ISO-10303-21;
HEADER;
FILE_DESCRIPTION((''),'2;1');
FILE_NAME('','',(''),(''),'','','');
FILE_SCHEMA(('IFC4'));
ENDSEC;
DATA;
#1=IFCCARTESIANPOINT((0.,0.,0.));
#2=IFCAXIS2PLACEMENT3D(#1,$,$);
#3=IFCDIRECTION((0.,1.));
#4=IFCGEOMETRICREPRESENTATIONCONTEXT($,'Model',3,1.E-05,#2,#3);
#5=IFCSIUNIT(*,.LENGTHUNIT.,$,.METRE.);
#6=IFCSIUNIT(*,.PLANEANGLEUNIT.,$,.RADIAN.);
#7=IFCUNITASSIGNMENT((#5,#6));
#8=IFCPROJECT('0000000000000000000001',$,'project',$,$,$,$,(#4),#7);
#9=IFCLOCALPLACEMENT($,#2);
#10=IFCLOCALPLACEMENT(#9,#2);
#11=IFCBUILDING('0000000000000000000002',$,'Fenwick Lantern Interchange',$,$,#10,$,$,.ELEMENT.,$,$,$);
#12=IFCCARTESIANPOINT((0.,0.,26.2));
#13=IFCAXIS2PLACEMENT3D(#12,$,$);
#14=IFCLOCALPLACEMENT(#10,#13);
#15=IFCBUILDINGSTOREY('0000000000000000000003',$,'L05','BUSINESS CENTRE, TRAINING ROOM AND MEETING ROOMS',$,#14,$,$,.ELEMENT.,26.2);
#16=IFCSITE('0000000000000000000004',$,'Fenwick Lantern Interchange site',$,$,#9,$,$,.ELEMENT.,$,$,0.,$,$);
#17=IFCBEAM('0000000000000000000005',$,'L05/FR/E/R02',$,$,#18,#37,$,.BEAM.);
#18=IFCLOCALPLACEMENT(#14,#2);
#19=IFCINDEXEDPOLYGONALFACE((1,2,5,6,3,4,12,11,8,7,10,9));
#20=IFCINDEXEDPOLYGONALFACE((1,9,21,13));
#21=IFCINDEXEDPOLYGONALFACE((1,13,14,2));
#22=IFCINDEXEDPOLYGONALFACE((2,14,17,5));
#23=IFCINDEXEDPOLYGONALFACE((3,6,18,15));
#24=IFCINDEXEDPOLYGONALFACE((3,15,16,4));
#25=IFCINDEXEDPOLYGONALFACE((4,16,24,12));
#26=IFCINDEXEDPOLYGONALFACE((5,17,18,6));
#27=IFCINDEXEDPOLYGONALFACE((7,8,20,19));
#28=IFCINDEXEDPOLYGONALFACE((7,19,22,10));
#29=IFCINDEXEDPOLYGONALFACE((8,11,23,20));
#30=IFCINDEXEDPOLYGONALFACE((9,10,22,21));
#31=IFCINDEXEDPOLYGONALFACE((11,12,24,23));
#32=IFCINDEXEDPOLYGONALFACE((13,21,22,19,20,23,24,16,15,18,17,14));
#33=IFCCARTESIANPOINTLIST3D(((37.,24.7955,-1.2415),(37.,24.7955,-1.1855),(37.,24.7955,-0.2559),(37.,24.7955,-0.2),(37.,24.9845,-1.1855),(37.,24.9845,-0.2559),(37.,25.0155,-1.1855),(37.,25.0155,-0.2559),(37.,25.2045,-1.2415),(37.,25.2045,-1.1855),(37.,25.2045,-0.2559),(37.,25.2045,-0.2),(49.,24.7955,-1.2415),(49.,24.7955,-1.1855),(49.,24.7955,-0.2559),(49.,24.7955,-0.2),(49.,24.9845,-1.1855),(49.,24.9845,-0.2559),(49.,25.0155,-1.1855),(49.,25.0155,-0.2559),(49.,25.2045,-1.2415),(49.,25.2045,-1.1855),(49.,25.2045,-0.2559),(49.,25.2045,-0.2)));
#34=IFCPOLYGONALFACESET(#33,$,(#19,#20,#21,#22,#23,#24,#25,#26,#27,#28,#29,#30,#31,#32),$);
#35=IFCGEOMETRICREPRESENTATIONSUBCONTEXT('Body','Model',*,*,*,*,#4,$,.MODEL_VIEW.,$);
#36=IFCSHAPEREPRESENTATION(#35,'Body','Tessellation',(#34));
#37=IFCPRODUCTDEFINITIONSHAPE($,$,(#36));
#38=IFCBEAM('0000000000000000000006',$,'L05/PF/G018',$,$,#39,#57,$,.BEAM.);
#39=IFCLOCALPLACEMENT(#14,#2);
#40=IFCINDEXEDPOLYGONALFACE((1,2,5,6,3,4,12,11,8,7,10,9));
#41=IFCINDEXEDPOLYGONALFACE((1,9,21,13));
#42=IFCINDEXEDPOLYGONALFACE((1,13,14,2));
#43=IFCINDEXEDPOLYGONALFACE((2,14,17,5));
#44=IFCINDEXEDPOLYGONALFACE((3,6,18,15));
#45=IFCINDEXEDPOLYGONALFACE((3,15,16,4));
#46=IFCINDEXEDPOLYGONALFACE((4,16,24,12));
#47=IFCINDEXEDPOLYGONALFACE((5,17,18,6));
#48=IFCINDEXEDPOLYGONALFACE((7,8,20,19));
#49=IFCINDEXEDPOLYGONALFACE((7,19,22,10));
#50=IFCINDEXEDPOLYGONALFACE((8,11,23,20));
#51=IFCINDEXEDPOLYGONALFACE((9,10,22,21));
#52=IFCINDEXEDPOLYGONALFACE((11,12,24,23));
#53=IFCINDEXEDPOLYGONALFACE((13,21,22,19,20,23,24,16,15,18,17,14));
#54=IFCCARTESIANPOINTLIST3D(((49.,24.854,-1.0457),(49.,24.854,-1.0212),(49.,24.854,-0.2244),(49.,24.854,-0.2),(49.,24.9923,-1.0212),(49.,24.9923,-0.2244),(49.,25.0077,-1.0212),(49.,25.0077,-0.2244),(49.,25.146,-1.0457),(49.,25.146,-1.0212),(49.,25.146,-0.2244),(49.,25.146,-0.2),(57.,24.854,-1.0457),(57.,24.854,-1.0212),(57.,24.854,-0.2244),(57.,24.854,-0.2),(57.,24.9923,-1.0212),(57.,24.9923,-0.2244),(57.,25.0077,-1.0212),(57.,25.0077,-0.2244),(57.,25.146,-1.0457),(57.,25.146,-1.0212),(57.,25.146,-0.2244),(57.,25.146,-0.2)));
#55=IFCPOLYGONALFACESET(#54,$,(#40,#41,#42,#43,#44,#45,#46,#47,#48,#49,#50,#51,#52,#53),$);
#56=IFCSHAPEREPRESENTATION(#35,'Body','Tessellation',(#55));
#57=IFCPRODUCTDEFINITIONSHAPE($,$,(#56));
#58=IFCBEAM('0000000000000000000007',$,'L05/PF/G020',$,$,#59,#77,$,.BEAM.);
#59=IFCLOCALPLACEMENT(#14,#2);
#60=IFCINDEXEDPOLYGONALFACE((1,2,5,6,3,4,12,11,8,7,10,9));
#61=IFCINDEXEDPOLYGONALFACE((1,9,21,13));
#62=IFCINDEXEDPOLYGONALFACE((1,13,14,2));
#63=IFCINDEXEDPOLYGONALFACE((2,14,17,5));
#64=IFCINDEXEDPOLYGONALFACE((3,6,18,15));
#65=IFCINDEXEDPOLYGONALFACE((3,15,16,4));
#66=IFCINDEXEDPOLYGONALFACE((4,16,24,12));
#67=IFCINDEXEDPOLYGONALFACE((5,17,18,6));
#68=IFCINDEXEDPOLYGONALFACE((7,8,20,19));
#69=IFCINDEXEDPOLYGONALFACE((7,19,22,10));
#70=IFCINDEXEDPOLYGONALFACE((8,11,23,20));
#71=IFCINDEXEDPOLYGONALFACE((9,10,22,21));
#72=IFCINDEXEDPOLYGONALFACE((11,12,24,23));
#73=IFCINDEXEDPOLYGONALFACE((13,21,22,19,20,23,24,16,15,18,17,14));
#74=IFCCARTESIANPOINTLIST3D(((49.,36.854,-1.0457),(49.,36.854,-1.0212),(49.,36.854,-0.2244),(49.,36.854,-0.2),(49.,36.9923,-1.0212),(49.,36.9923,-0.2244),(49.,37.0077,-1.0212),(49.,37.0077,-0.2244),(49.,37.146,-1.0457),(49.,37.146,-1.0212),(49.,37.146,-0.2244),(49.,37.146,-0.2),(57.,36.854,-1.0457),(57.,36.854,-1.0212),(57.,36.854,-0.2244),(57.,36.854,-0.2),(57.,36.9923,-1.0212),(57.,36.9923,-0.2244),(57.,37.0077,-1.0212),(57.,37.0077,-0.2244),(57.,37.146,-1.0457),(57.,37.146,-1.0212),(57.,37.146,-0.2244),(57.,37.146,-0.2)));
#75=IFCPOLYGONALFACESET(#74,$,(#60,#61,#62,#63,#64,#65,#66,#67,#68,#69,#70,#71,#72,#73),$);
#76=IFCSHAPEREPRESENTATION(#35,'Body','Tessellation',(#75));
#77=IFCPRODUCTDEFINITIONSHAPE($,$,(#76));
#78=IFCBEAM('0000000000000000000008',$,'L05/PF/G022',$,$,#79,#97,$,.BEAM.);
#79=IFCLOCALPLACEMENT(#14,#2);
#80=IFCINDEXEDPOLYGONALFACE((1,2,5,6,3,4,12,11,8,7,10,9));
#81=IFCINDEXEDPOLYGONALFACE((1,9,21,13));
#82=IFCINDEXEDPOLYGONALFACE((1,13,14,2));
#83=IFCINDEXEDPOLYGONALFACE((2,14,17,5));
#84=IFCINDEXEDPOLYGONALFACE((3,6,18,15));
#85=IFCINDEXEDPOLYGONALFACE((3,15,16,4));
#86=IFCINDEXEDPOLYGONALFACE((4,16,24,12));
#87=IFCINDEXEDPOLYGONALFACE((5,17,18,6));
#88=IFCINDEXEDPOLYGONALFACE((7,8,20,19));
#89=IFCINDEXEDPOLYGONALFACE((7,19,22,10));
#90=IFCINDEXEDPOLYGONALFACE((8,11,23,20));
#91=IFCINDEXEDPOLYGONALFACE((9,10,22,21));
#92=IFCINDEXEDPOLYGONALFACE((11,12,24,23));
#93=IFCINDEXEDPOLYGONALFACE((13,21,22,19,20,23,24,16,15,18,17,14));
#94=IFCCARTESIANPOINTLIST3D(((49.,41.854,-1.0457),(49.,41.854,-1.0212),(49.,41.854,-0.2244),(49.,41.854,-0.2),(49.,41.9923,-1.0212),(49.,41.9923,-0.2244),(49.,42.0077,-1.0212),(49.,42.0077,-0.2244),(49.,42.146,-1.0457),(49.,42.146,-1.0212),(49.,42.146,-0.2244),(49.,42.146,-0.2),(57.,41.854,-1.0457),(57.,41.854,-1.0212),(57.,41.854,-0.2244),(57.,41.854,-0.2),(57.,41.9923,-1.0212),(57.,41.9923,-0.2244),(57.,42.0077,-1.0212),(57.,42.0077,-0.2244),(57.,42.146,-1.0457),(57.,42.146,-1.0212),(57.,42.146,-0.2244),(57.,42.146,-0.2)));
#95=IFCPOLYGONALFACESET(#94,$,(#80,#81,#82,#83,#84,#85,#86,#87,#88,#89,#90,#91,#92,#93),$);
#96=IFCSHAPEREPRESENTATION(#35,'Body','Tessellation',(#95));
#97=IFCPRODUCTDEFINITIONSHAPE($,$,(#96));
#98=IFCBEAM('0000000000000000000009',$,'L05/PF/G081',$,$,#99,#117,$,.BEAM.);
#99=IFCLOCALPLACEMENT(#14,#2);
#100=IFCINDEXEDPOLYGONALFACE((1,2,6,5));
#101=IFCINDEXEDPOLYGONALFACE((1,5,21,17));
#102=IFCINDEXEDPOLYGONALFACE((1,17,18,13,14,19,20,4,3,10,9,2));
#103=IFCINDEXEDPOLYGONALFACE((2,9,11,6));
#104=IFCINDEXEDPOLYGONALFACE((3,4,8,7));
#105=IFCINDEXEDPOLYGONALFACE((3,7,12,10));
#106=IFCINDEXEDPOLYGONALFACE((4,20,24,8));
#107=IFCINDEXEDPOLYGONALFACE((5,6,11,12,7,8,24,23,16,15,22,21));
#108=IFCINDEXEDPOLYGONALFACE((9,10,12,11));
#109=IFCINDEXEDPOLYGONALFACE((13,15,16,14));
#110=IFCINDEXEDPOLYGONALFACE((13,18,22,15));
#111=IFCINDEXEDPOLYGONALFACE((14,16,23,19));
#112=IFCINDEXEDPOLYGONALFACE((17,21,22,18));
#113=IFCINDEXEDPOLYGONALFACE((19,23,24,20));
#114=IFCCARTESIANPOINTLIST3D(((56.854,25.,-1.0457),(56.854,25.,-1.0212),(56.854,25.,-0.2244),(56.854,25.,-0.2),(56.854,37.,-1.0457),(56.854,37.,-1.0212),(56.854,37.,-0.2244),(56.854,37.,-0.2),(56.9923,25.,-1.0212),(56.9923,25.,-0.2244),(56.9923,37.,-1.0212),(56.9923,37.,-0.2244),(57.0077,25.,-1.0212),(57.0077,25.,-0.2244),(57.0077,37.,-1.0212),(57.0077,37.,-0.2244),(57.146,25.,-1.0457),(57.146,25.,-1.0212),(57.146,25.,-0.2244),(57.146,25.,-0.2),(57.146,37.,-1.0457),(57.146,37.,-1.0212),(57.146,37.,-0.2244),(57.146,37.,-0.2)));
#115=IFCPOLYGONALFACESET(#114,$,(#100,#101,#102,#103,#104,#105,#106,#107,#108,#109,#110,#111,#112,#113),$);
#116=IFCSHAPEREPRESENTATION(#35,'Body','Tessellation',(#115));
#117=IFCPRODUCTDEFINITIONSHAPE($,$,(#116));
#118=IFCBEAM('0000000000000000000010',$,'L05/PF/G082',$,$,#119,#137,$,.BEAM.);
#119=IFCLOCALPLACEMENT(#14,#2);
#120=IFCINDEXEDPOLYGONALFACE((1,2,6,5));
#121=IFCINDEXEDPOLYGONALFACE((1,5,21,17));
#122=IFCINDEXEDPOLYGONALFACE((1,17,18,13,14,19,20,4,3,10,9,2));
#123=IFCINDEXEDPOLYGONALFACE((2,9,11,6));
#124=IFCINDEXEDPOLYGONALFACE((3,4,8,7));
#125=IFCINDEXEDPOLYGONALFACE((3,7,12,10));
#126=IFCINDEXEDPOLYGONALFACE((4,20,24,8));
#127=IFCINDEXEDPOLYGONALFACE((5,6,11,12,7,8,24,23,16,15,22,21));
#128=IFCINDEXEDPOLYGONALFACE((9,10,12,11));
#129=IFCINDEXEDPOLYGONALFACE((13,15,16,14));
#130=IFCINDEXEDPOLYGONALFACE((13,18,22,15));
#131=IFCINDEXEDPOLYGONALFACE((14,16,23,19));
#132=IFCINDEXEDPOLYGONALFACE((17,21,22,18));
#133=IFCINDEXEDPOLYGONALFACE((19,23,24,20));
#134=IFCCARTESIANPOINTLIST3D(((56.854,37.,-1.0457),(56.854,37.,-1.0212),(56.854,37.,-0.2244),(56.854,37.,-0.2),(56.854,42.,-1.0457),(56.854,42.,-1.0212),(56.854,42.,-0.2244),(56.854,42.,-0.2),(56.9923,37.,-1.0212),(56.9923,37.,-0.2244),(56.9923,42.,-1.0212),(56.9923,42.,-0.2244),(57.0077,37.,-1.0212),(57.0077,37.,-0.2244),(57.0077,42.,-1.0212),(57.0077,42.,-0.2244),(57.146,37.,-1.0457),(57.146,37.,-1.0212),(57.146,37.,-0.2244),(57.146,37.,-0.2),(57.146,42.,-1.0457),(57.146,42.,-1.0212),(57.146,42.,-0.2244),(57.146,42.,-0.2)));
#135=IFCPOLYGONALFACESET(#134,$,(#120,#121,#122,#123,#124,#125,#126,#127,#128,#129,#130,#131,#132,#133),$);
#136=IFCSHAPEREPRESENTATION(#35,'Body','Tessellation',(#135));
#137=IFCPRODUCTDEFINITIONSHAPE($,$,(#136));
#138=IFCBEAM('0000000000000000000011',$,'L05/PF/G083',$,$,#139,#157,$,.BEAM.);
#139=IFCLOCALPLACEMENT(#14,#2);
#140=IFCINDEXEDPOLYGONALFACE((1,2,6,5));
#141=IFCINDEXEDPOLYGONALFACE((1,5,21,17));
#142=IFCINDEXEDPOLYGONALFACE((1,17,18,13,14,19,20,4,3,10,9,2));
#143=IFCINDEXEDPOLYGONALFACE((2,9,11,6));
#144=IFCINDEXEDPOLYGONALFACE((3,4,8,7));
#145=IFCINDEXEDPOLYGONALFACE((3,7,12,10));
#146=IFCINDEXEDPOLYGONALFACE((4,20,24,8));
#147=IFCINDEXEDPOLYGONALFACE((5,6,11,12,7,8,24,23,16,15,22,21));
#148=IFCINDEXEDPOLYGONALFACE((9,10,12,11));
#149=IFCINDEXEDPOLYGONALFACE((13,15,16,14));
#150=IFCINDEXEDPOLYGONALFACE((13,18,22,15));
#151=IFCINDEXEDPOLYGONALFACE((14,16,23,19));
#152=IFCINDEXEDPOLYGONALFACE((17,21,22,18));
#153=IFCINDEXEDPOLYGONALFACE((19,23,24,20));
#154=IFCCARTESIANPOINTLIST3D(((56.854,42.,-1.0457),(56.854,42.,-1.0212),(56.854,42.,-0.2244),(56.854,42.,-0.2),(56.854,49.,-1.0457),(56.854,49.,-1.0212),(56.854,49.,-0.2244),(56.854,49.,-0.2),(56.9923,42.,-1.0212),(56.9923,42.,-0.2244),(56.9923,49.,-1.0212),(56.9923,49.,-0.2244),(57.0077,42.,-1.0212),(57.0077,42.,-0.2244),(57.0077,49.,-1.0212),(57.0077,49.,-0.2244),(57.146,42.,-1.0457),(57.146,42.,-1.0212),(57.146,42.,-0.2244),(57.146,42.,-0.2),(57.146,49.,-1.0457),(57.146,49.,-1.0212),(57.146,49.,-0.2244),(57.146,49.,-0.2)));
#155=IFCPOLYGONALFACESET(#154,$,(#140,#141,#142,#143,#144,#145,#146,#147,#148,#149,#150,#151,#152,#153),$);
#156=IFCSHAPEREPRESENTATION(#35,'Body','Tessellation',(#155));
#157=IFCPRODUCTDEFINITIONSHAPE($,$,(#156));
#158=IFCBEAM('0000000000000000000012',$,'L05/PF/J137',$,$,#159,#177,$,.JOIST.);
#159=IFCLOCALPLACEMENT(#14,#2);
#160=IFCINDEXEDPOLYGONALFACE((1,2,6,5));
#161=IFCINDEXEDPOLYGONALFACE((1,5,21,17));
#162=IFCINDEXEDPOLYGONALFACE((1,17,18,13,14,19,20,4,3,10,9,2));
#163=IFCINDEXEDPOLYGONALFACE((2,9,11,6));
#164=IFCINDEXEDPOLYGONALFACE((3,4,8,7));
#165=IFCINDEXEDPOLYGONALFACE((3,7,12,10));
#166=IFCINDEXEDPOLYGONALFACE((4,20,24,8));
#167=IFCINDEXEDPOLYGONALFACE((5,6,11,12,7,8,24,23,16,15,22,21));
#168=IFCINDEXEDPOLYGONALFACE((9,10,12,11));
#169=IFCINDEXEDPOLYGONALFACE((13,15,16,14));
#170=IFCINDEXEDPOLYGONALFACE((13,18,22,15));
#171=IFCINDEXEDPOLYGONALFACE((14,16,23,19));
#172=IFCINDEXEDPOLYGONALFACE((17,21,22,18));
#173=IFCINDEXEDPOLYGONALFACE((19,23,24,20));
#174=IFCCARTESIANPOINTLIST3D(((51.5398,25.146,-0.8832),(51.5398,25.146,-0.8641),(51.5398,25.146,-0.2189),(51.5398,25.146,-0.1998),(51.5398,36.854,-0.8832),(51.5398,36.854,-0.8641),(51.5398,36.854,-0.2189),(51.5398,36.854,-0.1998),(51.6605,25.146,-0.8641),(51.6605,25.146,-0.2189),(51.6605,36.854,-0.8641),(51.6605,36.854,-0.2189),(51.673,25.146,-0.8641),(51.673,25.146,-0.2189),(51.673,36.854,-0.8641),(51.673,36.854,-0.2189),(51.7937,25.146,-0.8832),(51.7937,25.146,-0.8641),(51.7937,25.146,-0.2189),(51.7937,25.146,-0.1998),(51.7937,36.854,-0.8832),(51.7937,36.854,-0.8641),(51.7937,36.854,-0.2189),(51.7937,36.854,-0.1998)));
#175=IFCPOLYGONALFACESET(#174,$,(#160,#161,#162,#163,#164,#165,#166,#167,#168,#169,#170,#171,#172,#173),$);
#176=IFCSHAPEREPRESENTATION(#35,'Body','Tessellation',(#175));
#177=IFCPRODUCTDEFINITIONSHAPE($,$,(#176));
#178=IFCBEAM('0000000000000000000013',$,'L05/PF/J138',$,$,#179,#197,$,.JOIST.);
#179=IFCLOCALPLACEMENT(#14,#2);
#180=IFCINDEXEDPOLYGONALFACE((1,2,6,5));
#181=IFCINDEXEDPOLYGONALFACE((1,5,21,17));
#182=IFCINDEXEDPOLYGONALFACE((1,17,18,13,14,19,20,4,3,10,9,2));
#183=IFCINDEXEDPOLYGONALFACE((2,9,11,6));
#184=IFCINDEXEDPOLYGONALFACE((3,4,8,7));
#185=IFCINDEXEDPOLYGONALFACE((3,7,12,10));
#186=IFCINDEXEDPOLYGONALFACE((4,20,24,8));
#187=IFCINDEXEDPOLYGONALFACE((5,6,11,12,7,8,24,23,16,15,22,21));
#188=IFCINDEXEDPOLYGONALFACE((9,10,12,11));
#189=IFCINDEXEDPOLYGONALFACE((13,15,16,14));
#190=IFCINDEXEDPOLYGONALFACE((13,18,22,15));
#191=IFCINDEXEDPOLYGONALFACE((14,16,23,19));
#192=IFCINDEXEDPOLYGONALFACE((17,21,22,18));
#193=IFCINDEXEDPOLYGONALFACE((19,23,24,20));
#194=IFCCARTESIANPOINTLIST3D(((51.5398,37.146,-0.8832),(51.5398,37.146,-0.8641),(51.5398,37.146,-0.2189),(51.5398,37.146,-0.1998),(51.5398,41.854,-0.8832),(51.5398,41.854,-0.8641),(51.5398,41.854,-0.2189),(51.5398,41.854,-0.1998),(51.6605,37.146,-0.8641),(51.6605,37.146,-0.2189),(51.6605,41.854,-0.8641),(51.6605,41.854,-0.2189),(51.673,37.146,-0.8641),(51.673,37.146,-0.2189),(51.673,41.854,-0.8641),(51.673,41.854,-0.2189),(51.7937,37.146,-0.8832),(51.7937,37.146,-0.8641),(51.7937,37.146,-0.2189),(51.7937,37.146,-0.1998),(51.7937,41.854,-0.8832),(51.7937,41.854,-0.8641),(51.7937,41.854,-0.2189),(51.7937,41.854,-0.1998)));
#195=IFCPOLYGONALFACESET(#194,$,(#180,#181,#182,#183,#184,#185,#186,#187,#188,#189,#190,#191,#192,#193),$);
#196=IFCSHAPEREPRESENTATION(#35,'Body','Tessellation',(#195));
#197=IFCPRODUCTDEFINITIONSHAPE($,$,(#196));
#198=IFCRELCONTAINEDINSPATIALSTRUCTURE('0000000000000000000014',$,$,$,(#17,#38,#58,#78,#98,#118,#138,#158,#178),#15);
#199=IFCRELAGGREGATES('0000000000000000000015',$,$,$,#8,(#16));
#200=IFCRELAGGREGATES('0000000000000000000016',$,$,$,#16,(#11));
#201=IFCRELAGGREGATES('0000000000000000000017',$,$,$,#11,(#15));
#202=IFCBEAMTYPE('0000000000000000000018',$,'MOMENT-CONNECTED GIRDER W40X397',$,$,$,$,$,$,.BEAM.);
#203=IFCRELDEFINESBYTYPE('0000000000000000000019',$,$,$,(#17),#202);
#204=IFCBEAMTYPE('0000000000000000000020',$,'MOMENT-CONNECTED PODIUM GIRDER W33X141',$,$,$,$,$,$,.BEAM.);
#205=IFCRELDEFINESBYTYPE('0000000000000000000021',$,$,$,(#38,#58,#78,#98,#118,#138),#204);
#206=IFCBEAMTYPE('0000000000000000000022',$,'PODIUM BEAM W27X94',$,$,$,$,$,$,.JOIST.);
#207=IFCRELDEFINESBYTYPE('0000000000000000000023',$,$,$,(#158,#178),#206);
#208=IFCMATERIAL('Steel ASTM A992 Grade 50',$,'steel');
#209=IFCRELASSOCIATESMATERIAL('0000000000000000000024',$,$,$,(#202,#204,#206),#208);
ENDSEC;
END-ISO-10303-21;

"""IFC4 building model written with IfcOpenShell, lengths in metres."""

from ifc_helpers import new_model, si_unit, direction, frame, origin, origin_2d, place, context, subcontext, project, spatial, i_section, extrude, material, material_profile, profile_set, type_object, element, save


model = new_model("IFC4")

# Units and contexts
model_context = context("Model", 3, precision=1e-05, world=origin(), true_north=direction((0.0, 1.0)))
body_context = subcontext(model_context, "Body", "Model", "MODEL_VIEW")
ifc_project = project(units=[si_unit("LENGTHUNIT", "METRE"), si_unit("PLANEANGLEUNIT", "RADIAN")], contexts=[model_context])

# Site, building, storey
site_placement = place(None, origin())
site = spatial("IfcSite", under=ifc_project, at=site_placement, Name="Fenwick Lantern Interchange site", CompositionType="ELEMENT", RefElevation=0.0)
building_placement = place(site_placement, origin())
building = spatial("IfcBuilding", under=site, at=building_placement, Name="Fenwick Lantern Interchange", CompositionType="ELEMENT")
storey_placement = place(building_placement, frame((0.0, 0.0, 26.2)))
storey = spatial("IfcBuildingStorey", under=building, at=storey_placement, Name="L05", Description="BUSINESS CENTRE, TRAINING ROOM AND MEETING ROOMS", CompositionType="ELEMENT", Elevation=26.2)

# Shared definitions
ifc_material_1 = material(Name="Steel ASTM A992 Grade 50", Category="steel")

# Beams
ifc_material_profile_1 = material_profile(ifc_material_1, i_section(OverallWidth=0.4089, OverallDepth=1.0415, WebThickness=0.031, FlangeThickness=0.0559, at=origin_2d()), Name="W40X397")
ifc_profile_set_1 = profile_set([ifc_material_profile_1], Name="Steel ASTM A992 Grade 50")
beam_type_1 = type_object("IfcBeamType", Name="MOMENT-CONNECTED GIRDER W40X397", PredefinedType="BEAM", material=ifc_profile_set_1)
beam_1_placement = place(storey_placement, frame((49.0, 25.0, -0.7207), z_axis=(-1.0, 0.0, 0.0), x_axis=(0.0, -1.0, 0.0)))
element("IfcBeam", 1, at=beam_1_placement, inside=storey, type_object=beam_type_1, Name="L05/FR/E/R02", PredefinedType="BEAM", context=body_context, shape_type="SweptSolid", body=[
    extrude(i_section(OverallWidth=0.4089, OverallDepth=1.0415, WebThickness=0.031, FlangeThickness=0.0559, at=origin_2d()), origin(), (0.0, 0.0, 1.0), 12.0),
])
ifc_material_profile_2 = material_profile(ifc_material_1, i_section(OverallWidth=0.292, OverallDepth=0.8457, WebThickness=0.0154, FlangeThickness=0.0244, at=origin_2d()), Name="W33X141")
ifc_profile_set_2 = profile_set([ifc_material_profile_2], Name="Steel ASTM A992 Grade 50")
beam_type_2 = type_object("IfcBeamType", Name="MOMENT-CONNECTED PODIUM GIRDER W33X141", PredefinedType="BEAM", material=ifc_profile_set_2)
for number, where, z_axis, x_axis, name in (
    (2, (49.0, 25.0, -0.6228), (1.0, 0.0, 0.0), (0.0, 1.0, 0.0), "L05/PF/G018"),
    (3, (49.0, 37.0, -0.6228), (1.0, 0.0, 0.0), (0.0, 1.0, 0.0), "L05/PF/G020"),
    (4, (49.0, 42.0, -0.6228), (1.0, 0.0, 0.0), (0.0, 1.0, 0.0), "L05/PF/G022"),
):
    element("IfcBeam", number, at=place(storey_placement, frame(where, z_axis=z_axis, x_axis=x_axis)), inside=storey, type_object=beam_type_2, Name=name, PredefinedType="BEAM", context=body_context, shape_type="SweptSolid", body=[
        extrude(i_section(OverallWidth=0.292, OverallDepth=0.8457, WebThickness=0.0154, FlangeThickness=0.0244, at=origin_2d()), origin(), (0.0, 0.0, 1.0), 8.0),
    ])
beam_2_placement = place(storey_placement, frame((57.0, 25.0, -0.6228), z_axis=(0.0, 1.0, 0.0), x_axis=(-1.0, 0.0, 0.0)))
element("IfcBeam", 5, at=beam_2_placement, inside=storey, type_object=beam_type_2, Name="L05/PF/G081", PredefinedType="BEAM", context=body_context, shape_type="SweptSolid", body=[
    extrude(i_section(OverallWidth=0.292, OverallDepth=0.8457, WebThickness=0.0154, FlangeThickness=0.0244, at=origin_2d()), origin(), (0.0, 0.0, 1.0), 12.0),
])
beam_3_placement = place(storey_placement, frame((57.0, 37.0, -0.6228), z_axis=(0.0, 1.0, 0.0), x_axis=(-1.0, 0.0, 0.0)))
element("IfcBeam", 6, at=beam_3_placement, inside=storey, type_object=beam_type_2, Name="L05/PF/G082", PredefinedType="BEAM", context=body_context, shape_type="SweptSolid", body=[
    extrude(i_section(OverallWidth=0.292, OverallDepth=0.8457, WebThickness=0.0154, FlangeThickness=0.0244, at=origin_2d()), origin(), (0.0, 0.0, 1.0), 5.0),
])
beam_4_placement = place(storey_placement, frame((57.0, 42.0, -0.6228), z_axis=(0.0, 1.0, 0.0), x_axis=(-1.0, 0.0, 0.0)))
element("IfcBeam", 7, at=beam_4_placement, inside=storey, type_object=beam_type_2, Name="L05/PF/G083", PredefinedType="BEAM", context=body_context, shape_type="SweptSolid", body=[
    extrude(i_section(OverallWidth=0.292, OverallDepth=0.8457, WebThickness=0.0154, FlangeThickness=0.0244, at=origin_2d()), origin(), (0.0, 0.0, 1.0), 7.0),
])
ifc_material_profile_3 = material_profile(ifc_material_1, i_section(OverallWidth=0.2539, OverallDepth=0.6833, WebThickness=0.0125, FlangeThickness=0.019, at=origin_2d()), Name="W27X94")
ifc_profile_set_3 = profile_set([ifc_material_profile_3], Name="Steel ASTM A992 Grade 50")
beam_type_3 = type_object("IfcBeamType", Name="PODIUM BEAM W27X94", PredefinedType="JOIST", material=ifc_profile_set_3)
beam_5_placement = place(storey_placement, frame((51.6667, 25.146, -0.5415), z_axis=(0.0, 1.0, 0.0), x_axis=(-1.0, 0.0, 0.0)))
element("IfcBeam", 8, at=beam_5_placement, inside=storey, type_object=beam_type_3, Name="L05/PF/J137", PredefinedType="JOIST", context=body_context, shape_type="SweptSolid", body=[
    extrude(i_section(OverallWidth=0.2539, OverallDepth=0.6833, WebThickness=0.0125, FlangeThickness=0.019, at=origin_2d()), origin(), (0.0, 0.0, 1.0), 11.708),
])
beam_6_placement = place(storey_placement, frame((51.6667, 37.146, -0.5415), z_axis=(0.0, 1.0, 0.0), x_axis=(-1.0, 0.0, 0.0)))
element("IfcBeam", 9, at=beam_6_placement, inside=storey, type_object=beam_type_3, Name="L05/PF/J138", PredefinedType="JOIST", context=body_context, shape_type="SweptSolid", body=[
    extrude(i_section(OverallWidth=0.2539, OverallDepth=0.6833, WebThickness=0.0125, FlangeThickness=0.019, at=origin_2d()), origin(), (0.0, 0.0, 1.0), 4.708),
])

save(model, "model.ifc")
